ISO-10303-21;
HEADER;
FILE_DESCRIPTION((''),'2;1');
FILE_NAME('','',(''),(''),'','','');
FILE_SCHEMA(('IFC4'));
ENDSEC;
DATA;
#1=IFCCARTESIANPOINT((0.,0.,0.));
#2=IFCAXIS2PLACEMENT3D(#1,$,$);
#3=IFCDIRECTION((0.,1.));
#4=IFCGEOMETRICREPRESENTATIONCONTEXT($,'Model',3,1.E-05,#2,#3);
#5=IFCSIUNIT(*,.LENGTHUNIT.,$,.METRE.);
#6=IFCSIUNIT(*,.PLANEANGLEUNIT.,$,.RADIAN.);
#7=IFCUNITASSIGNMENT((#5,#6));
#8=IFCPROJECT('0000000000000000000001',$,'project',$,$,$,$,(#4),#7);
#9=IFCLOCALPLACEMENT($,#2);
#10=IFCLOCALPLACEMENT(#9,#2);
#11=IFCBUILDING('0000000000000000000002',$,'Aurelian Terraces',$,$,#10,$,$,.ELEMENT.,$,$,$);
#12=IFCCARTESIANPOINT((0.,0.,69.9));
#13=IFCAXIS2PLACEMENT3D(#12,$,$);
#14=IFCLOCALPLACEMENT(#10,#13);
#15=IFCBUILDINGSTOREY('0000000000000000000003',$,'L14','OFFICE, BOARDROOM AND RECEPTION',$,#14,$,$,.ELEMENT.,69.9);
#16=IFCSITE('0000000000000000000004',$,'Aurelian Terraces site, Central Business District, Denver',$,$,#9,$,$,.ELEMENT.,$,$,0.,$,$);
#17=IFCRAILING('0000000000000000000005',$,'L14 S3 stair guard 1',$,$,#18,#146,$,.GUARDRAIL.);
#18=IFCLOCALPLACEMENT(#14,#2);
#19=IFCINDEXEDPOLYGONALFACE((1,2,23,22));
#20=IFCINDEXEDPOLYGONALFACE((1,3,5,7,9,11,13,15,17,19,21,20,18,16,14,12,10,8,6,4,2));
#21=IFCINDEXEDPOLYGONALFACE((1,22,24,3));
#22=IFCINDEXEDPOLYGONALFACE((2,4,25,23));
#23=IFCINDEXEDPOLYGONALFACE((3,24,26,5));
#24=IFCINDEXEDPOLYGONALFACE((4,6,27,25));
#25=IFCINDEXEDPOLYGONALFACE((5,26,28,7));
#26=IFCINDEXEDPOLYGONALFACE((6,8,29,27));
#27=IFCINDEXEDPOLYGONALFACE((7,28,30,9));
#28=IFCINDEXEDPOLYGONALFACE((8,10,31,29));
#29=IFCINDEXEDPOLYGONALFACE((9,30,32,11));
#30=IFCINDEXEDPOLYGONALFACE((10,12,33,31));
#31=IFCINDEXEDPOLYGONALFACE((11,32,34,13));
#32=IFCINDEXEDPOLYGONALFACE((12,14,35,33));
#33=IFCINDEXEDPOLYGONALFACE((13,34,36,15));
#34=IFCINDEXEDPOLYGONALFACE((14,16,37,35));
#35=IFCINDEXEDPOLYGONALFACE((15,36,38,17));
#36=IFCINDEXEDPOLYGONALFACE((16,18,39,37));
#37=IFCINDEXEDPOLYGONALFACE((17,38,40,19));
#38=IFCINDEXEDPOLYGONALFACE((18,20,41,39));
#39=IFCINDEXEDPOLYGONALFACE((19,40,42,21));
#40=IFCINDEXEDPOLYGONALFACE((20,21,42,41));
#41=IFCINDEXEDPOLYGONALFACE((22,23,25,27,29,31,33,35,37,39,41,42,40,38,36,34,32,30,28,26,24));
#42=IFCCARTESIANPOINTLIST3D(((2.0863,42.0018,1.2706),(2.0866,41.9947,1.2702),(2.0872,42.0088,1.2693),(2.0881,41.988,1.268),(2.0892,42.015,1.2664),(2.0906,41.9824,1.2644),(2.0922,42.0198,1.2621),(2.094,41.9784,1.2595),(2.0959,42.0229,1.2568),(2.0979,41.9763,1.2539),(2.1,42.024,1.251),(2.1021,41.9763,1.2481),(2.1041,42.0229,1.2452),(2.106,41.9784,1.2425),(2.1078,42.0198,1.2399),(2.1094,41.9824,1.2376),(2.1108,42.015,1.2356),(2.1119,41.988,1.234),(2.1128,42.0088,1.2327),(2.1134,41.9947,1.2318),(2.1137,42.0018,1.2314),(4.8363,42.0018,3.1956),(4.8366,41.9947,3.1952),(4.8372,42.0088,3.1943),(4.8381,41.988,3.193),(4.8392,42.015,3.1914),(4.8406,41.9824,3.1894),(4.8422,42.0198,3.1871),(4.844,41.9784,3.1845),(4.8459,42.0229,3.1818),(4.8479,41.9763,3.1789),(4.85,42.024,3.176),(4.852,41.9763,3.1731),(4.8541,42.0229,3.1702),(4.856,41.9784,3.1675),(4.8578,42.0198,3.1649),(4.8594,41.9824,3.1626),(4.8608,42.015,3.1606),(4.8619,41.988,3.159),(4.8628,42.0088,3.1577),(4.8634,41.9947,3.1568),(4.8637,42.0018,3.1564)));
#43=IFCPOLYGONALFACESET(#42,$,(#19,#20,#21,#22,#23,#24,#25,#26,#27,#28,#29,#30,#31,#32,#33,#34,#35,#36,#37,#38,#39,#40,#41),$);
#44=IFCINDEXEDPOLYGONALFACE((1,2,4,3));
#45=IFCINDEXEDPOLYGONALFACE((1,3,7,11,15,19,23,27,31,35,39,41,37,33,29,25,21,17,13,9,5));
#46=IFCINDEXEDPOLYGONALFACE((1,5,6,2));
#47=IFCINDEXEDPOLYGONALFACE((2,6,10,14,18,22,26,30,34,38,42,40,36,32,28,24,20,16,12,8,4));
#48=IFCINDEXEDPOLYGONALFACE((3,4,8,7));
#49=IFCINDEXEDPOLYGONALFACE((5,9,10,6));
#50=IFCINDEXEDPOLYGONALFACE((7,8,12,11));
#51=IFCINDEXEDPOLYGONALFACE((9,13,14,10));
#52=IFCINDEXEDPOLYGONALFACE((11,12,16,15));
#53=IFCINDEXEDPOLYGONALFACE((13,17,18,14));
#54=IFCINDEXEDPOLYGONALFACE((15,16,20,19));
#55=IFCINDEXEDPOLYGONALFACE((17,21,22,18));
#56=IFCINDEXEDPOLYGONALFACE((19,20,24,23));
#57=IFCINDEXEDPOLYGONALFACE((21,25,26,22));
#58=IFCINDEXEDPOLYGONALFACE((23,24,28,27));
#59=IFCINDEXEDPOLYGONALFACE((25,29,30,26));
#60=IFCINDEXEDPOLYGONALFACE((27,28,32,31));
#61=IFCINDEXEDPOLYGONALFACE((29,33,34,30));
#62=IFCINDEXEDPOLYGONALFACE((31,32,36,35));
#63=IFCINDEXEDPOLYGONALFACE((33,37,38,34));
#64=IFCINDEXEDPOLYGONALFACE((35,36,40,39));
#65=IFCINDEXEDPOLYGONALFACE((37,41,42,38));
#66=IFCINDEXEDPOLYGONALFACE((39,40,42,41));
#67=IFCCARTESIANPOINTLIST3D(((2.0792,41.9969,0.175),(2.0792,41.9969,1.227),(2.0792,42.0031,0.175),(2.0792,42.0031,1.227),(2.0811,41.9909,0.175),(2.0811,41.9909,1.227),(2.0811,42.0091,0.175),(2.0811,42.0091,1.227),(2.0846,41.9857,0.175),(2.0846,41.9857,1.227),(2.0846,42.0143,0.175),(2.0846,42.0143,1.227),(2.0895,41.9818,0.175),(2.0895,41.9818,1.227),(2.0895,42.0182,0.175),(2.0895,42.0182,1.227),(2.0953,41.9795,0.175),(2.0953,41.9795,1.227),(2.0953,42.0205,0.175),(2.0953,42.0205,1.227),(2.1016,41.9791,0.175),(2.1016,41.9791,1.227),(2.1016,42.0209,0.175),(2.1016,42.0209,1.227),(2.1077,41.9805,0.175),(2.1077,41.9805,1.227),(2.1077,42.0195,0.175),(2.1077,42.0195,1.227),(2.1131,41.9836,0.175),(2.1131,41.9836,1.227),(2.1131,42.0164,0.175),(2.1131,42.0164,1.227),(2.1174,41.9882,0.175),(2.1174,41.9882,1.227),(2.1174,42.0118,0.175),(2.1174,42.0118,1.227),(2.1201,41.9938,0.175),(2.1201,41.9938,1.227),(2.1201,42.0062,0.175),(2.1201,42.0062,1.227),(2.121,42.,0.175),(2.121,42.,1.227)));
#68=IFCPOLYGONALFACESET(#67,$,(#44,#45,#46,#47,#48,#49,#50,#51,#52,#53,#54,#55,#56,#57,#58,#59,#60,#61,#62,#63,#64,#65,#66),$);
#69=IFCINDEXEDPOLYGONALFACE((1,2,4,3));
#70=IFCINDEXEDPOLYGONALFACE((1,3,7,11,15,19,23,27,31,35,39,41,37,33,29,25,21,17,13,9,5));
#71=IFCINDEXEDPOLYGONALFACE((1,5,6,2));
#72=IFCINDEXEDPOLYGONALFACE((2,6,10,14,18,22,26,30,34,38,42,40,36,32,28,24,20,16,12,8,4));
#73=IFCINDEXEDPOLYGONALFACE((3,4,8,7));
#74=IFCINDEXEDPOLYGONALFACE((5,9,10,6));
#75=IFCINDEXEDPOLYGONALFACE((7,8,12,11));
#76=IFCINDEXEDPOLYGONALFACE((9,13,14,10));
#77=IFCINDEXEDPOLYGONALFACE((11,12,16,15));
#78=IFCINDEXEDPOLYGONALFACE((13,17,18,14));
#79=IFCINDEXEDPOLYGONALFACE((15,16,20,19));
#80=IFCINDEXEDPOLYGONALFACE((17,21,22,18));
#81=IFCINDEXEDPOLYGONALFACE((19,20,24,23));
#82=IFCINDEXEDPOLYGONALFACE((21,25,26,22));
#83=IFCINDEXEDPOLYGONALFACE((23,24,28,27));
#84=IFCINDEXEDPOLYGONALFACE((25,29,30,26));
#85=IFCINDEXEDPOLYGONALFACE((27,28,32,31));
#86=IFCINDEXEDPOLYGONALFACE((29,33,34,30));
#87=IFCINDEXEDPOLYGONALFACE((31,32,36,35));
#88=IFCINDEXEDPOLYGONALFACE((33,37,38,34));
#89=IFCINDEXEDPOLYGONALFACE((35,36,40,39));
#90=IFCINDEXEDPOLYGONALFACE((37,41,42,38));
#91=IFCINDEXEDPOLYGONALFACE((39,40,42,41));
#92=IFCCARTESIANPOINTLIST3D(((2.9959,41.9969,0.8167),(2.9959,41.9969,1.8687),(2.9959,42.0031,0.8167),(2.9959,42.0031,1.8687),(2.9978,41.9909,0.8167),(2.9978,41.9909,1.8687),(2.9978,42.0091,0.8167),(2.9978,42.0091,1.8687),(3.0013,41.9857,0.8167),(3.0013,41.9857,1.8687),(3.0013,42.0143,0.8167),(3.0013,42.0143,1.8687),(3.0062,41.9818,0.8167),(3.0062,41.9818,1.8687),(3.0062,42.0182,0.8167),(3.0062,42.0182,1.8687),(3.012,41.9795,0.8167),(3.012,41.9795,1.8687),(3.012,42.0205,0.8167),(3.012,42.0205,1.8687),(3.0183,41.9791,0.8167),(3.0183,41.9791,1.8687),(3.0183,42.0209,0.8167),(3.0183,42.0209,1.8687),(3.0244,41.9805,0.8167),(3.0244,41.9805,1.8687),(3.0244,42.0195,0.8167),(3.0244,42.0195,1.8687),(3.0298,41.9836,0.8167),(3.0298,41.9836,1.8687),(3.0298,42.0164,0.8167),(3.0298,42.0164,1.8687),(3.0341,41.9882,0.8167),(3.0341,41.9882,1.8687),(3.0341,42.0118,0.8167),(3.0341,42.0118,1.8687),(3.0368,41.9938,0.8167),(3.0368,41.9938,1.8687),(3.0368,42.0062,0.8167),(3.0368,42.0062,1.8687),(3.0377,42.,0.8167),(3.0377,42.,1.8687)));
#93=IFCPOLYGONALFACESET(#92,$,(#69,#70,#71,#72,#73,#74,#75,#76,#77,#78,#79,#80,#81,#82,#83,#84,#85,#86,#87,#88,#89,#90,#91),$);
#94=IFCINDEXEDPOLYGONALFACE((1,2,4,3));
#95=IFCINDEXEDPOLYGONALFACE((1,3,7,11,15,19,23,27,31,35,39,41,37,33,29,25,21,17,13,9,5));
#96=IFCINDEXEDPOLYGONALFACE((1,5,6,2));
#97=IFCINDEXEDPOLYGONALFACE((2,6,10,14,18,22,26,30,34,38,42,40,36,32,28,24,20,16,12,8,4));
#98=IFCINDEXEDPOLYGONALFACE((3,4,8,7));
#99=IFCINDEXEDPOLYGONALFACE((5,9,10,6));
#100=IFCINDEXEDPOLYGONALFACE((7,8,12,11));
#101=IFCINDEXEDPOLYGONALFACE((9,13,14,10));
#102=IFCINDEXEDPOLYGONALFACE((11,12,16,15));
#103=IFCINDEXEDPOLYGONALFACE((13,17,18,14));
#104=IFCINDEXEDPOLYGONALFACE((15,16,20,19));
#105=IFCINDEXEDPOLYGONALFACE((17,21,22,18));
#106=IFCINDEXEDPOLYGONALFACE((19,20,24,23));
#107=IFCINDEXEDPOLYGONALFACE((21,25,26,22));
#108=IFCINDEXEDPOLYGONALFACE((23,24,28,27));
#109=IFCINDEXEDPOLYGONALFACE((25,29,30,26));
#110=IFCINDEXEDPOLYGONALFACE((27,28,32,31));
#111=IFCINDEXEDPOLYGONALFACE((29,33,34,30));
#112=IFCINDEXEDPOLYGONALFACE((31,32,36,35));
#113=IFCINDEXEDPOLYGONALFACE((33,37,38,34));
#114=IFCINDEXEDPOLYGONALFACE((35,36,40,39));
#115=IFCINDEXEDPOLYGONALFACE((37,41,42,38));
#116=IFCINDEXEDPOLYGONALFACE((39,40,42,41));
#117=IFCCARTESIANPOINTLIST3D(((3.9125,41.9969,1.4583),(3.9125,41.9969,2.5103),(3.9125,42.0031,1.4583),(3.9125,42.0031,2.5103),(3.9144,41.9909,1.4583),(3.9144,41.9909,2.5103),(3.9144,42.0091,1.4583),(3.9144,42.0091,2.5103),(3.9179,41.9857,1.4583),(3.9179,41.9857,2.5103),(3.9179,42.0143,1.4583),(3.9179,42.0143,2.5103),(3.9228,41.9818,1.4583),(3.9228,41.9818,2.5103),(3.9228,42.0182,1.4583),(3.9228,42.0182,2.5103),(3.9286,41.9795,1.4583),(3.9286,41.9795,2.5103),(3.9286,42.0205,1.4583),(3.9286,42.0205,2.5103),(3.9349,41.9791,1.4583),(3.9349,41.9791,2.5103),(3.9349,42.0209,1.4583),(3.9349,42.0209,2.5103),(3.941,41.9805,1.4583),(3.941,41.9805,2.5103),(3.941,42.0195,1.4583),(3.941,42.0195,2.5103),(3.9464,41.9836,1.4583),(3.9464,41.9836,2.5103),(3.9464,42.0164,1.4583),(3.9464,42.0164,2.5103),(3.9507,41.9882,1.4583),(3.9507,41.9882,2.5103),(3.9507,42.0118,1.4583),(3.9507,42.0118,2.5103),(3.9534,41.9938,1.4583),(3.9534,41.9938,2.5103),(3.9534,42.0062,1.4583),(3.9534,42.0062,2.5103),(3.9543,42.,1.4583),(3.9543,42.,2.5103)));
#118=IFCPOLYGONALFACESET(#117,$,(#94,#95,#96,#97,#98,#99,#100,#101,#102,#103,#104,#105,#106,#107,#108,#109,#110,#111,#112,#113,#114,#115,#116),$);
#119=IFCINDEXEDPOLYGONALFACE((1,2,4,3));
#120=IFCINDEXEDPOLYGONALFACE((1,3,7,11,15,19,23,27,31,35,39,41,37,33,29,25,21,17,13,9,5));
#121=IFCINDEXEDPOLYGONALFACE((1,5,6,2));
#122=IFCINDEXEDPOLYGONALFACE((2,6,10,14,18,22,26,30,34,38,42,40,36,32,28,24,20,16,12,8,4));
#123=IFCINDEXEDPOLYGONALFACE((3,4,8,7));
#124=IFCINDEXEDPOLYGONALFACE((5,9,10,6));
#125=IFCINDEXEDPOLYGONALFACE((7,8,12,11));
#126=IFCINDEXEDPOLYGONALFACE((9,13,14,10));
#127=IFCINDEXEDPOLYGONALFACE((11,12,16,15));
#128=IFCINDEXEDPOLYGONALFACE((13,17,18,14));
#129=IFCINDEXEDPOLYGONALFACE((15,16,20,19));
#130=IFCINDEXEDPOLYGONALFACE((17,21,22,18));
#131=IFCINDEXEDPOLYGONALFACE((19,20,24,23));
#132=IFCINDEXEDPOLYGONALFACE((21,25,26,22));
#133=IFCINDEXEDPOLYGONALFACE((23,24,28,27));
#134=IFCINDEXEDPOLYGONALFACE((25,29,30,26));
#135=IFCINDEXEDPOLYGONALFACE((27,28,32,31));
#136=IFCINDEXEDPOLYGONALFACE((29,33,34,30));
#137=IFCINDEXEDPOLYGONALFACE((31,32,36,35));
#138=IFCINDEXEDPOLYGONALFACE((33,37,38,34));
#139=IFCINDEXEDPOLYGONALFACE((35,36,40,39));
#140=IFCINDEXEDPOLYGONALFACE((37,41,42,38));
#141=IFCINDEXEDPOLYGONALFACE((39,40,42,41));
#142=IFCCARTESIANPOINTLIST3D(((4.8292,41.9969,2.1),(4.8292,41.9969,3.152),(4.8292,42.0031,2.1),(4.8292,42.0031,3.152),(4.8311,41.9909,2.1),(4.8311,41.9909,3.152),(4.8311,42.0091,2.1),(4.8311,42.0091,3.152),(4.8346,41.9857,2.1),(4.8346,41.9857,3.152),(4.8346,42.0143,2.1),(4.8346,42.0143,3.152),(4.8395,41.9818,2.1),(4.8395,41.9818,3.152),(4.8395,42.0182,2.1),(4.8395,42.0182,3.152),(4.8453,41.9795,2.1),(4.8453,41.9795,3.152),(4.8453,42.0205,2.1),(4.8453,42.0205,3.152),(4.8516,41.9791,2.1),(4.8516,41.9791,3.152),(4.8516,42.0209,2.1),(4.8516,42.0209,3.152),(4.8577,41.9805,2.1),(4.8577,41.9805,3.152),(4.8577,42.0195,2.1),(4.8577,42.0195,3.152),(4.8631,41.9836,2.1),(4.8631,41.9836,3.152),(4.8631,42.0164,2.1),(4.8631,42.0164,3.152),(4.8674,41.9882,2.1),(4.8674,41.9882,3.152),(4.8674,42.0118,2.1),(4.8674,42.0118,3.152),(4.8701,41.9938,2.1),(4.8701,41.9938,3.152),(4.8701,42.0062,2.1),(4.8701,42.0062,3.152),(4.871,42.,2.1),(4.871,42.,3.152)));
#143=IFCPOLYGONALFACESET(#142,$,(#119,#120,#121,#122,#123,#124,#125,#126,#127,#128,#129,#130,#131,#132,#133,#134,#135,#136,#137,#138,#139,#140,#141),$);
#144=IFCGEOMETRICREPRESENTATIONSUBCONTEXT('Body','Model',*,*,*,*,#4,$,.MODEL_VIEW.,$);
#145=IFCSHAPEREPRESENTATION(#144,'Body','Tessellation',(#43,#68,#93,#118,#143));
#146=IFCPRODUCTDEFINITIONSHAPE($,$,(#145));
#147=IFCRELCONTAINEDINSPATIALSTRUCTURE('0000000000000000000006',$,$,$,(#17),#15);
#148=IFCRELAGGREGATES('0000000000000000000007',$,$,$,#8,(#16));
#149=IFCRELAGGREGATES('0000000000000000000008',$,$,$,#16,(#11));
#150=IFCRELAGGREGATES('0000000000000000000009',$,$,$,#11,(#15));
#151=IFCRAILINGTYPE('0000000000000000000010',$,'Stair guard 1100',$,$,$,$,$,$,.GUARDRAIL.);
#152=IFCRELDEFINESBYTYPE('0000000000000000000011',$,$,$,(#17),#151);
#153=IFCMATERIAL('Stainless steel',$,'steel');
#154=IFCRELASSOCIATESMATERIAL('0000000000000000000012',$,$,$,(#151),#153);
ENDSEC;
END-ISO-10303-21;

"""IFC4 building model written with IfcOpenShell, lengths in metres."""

from ifc_helpers import new_model, si_unit, direction, frame, origin, origin_2d, place, context, subcontext, project, spatial, circle, extrude, source, transform, mapped, material, type_object, element, save


model = new_model("IFC4")

# Units and contexts
model_context = context("Model", 3, precision=1e-05, world=origin(), true_north=direction((0.0, 1.0)))
body_context = subcontext(model_context, "Body", "Model", "MODEL_VIEW")
ifc_project = project(units=[si_unit("LENGTHUNIT", "METRE"), si_unit("PLANEANGLEUNIT", "RADIAN")], contexts=[model_context])

# Site, building, storey
site_placement = place(None, origin())
site = spatial("IfcSite", under=ifc_project, at=site_placement, Name="Aurelian Terraces site, Central Business District, Denver", CompositionType="ELEMENT", RefElevation=0.0)
building_placement = place(site_placement, origin())
building = spatial("IfcBuilding", under=site, at=building_placement, Name="Aurelian Terraces", CompositionType="ELEMENT")
storey_placement = place(building_placement, frame((0.0, 0.0, 69.9)))
storey = spatial("IfcBuildingStorey", under=building, at=storey_placement, Name="L14", Description="OFFICE, BOARDROOM AND RECEPTION", CompositionType="ELEMENT", Elevation=69.9)

# Railing
ifc_material_1 = material(Name="Stainless steel", Category="steel")
railing_type_1 = type_object("IfcRailingType", Name="Stair guard 1100", PredefinedType="GUARDRAIL", material=ifc_material_1)
shared_shape_1 = source(origin(), body_context, "Body", "SweptSolid", [
    extrude(circle(Radius=0.024, at=origin_2d()), frame((0.0, 0.0, 1.076), z_axis=(0.819232, 0.0, 0.573462), x_axis=(0.0, 1.0, 0.0)), (0.0, 0.0, 1.0), 3.3568),
    extrude(circle(Radius=0.021, at=origin_2d()), origin(), (0.0, 0.0, 1.0), 1.052),
    extrude(circle(Radius=0.021, at=origin_2d()), frame((0.9167, 0.0, 0.6417)), (0.0, 0.0, 1.0), 1.052),
    extrude(circle(Radius=0.021, at=origin_2d()), frame((1.8333, 0.0, 1.2833)), (0.0, 0.0, 1.0), 1.052),
    extrude(circle(Radius=0.021, at=origin_2d()), frame((2.75, 0.0, 1.925)), (0.0, 0.0, 1.0), 1.052),
])
railing_1_placement = place(storey_placement, frame((2.1, 42.0, 0.175)))
element("IfcRailing", 1, at=railing_1_placement, inside=storey, type_object=railing_type_1, Name="L14 S3 stair guard 1", PredefinedType="GUARDRAIL", context=body_context, shape_type="MappedRepresentation", body=[
    mapped(shared_shape_1, transform((0.0, 0.0, 0.0), scale=1.0)),
])

save(model, "model.ifc")
